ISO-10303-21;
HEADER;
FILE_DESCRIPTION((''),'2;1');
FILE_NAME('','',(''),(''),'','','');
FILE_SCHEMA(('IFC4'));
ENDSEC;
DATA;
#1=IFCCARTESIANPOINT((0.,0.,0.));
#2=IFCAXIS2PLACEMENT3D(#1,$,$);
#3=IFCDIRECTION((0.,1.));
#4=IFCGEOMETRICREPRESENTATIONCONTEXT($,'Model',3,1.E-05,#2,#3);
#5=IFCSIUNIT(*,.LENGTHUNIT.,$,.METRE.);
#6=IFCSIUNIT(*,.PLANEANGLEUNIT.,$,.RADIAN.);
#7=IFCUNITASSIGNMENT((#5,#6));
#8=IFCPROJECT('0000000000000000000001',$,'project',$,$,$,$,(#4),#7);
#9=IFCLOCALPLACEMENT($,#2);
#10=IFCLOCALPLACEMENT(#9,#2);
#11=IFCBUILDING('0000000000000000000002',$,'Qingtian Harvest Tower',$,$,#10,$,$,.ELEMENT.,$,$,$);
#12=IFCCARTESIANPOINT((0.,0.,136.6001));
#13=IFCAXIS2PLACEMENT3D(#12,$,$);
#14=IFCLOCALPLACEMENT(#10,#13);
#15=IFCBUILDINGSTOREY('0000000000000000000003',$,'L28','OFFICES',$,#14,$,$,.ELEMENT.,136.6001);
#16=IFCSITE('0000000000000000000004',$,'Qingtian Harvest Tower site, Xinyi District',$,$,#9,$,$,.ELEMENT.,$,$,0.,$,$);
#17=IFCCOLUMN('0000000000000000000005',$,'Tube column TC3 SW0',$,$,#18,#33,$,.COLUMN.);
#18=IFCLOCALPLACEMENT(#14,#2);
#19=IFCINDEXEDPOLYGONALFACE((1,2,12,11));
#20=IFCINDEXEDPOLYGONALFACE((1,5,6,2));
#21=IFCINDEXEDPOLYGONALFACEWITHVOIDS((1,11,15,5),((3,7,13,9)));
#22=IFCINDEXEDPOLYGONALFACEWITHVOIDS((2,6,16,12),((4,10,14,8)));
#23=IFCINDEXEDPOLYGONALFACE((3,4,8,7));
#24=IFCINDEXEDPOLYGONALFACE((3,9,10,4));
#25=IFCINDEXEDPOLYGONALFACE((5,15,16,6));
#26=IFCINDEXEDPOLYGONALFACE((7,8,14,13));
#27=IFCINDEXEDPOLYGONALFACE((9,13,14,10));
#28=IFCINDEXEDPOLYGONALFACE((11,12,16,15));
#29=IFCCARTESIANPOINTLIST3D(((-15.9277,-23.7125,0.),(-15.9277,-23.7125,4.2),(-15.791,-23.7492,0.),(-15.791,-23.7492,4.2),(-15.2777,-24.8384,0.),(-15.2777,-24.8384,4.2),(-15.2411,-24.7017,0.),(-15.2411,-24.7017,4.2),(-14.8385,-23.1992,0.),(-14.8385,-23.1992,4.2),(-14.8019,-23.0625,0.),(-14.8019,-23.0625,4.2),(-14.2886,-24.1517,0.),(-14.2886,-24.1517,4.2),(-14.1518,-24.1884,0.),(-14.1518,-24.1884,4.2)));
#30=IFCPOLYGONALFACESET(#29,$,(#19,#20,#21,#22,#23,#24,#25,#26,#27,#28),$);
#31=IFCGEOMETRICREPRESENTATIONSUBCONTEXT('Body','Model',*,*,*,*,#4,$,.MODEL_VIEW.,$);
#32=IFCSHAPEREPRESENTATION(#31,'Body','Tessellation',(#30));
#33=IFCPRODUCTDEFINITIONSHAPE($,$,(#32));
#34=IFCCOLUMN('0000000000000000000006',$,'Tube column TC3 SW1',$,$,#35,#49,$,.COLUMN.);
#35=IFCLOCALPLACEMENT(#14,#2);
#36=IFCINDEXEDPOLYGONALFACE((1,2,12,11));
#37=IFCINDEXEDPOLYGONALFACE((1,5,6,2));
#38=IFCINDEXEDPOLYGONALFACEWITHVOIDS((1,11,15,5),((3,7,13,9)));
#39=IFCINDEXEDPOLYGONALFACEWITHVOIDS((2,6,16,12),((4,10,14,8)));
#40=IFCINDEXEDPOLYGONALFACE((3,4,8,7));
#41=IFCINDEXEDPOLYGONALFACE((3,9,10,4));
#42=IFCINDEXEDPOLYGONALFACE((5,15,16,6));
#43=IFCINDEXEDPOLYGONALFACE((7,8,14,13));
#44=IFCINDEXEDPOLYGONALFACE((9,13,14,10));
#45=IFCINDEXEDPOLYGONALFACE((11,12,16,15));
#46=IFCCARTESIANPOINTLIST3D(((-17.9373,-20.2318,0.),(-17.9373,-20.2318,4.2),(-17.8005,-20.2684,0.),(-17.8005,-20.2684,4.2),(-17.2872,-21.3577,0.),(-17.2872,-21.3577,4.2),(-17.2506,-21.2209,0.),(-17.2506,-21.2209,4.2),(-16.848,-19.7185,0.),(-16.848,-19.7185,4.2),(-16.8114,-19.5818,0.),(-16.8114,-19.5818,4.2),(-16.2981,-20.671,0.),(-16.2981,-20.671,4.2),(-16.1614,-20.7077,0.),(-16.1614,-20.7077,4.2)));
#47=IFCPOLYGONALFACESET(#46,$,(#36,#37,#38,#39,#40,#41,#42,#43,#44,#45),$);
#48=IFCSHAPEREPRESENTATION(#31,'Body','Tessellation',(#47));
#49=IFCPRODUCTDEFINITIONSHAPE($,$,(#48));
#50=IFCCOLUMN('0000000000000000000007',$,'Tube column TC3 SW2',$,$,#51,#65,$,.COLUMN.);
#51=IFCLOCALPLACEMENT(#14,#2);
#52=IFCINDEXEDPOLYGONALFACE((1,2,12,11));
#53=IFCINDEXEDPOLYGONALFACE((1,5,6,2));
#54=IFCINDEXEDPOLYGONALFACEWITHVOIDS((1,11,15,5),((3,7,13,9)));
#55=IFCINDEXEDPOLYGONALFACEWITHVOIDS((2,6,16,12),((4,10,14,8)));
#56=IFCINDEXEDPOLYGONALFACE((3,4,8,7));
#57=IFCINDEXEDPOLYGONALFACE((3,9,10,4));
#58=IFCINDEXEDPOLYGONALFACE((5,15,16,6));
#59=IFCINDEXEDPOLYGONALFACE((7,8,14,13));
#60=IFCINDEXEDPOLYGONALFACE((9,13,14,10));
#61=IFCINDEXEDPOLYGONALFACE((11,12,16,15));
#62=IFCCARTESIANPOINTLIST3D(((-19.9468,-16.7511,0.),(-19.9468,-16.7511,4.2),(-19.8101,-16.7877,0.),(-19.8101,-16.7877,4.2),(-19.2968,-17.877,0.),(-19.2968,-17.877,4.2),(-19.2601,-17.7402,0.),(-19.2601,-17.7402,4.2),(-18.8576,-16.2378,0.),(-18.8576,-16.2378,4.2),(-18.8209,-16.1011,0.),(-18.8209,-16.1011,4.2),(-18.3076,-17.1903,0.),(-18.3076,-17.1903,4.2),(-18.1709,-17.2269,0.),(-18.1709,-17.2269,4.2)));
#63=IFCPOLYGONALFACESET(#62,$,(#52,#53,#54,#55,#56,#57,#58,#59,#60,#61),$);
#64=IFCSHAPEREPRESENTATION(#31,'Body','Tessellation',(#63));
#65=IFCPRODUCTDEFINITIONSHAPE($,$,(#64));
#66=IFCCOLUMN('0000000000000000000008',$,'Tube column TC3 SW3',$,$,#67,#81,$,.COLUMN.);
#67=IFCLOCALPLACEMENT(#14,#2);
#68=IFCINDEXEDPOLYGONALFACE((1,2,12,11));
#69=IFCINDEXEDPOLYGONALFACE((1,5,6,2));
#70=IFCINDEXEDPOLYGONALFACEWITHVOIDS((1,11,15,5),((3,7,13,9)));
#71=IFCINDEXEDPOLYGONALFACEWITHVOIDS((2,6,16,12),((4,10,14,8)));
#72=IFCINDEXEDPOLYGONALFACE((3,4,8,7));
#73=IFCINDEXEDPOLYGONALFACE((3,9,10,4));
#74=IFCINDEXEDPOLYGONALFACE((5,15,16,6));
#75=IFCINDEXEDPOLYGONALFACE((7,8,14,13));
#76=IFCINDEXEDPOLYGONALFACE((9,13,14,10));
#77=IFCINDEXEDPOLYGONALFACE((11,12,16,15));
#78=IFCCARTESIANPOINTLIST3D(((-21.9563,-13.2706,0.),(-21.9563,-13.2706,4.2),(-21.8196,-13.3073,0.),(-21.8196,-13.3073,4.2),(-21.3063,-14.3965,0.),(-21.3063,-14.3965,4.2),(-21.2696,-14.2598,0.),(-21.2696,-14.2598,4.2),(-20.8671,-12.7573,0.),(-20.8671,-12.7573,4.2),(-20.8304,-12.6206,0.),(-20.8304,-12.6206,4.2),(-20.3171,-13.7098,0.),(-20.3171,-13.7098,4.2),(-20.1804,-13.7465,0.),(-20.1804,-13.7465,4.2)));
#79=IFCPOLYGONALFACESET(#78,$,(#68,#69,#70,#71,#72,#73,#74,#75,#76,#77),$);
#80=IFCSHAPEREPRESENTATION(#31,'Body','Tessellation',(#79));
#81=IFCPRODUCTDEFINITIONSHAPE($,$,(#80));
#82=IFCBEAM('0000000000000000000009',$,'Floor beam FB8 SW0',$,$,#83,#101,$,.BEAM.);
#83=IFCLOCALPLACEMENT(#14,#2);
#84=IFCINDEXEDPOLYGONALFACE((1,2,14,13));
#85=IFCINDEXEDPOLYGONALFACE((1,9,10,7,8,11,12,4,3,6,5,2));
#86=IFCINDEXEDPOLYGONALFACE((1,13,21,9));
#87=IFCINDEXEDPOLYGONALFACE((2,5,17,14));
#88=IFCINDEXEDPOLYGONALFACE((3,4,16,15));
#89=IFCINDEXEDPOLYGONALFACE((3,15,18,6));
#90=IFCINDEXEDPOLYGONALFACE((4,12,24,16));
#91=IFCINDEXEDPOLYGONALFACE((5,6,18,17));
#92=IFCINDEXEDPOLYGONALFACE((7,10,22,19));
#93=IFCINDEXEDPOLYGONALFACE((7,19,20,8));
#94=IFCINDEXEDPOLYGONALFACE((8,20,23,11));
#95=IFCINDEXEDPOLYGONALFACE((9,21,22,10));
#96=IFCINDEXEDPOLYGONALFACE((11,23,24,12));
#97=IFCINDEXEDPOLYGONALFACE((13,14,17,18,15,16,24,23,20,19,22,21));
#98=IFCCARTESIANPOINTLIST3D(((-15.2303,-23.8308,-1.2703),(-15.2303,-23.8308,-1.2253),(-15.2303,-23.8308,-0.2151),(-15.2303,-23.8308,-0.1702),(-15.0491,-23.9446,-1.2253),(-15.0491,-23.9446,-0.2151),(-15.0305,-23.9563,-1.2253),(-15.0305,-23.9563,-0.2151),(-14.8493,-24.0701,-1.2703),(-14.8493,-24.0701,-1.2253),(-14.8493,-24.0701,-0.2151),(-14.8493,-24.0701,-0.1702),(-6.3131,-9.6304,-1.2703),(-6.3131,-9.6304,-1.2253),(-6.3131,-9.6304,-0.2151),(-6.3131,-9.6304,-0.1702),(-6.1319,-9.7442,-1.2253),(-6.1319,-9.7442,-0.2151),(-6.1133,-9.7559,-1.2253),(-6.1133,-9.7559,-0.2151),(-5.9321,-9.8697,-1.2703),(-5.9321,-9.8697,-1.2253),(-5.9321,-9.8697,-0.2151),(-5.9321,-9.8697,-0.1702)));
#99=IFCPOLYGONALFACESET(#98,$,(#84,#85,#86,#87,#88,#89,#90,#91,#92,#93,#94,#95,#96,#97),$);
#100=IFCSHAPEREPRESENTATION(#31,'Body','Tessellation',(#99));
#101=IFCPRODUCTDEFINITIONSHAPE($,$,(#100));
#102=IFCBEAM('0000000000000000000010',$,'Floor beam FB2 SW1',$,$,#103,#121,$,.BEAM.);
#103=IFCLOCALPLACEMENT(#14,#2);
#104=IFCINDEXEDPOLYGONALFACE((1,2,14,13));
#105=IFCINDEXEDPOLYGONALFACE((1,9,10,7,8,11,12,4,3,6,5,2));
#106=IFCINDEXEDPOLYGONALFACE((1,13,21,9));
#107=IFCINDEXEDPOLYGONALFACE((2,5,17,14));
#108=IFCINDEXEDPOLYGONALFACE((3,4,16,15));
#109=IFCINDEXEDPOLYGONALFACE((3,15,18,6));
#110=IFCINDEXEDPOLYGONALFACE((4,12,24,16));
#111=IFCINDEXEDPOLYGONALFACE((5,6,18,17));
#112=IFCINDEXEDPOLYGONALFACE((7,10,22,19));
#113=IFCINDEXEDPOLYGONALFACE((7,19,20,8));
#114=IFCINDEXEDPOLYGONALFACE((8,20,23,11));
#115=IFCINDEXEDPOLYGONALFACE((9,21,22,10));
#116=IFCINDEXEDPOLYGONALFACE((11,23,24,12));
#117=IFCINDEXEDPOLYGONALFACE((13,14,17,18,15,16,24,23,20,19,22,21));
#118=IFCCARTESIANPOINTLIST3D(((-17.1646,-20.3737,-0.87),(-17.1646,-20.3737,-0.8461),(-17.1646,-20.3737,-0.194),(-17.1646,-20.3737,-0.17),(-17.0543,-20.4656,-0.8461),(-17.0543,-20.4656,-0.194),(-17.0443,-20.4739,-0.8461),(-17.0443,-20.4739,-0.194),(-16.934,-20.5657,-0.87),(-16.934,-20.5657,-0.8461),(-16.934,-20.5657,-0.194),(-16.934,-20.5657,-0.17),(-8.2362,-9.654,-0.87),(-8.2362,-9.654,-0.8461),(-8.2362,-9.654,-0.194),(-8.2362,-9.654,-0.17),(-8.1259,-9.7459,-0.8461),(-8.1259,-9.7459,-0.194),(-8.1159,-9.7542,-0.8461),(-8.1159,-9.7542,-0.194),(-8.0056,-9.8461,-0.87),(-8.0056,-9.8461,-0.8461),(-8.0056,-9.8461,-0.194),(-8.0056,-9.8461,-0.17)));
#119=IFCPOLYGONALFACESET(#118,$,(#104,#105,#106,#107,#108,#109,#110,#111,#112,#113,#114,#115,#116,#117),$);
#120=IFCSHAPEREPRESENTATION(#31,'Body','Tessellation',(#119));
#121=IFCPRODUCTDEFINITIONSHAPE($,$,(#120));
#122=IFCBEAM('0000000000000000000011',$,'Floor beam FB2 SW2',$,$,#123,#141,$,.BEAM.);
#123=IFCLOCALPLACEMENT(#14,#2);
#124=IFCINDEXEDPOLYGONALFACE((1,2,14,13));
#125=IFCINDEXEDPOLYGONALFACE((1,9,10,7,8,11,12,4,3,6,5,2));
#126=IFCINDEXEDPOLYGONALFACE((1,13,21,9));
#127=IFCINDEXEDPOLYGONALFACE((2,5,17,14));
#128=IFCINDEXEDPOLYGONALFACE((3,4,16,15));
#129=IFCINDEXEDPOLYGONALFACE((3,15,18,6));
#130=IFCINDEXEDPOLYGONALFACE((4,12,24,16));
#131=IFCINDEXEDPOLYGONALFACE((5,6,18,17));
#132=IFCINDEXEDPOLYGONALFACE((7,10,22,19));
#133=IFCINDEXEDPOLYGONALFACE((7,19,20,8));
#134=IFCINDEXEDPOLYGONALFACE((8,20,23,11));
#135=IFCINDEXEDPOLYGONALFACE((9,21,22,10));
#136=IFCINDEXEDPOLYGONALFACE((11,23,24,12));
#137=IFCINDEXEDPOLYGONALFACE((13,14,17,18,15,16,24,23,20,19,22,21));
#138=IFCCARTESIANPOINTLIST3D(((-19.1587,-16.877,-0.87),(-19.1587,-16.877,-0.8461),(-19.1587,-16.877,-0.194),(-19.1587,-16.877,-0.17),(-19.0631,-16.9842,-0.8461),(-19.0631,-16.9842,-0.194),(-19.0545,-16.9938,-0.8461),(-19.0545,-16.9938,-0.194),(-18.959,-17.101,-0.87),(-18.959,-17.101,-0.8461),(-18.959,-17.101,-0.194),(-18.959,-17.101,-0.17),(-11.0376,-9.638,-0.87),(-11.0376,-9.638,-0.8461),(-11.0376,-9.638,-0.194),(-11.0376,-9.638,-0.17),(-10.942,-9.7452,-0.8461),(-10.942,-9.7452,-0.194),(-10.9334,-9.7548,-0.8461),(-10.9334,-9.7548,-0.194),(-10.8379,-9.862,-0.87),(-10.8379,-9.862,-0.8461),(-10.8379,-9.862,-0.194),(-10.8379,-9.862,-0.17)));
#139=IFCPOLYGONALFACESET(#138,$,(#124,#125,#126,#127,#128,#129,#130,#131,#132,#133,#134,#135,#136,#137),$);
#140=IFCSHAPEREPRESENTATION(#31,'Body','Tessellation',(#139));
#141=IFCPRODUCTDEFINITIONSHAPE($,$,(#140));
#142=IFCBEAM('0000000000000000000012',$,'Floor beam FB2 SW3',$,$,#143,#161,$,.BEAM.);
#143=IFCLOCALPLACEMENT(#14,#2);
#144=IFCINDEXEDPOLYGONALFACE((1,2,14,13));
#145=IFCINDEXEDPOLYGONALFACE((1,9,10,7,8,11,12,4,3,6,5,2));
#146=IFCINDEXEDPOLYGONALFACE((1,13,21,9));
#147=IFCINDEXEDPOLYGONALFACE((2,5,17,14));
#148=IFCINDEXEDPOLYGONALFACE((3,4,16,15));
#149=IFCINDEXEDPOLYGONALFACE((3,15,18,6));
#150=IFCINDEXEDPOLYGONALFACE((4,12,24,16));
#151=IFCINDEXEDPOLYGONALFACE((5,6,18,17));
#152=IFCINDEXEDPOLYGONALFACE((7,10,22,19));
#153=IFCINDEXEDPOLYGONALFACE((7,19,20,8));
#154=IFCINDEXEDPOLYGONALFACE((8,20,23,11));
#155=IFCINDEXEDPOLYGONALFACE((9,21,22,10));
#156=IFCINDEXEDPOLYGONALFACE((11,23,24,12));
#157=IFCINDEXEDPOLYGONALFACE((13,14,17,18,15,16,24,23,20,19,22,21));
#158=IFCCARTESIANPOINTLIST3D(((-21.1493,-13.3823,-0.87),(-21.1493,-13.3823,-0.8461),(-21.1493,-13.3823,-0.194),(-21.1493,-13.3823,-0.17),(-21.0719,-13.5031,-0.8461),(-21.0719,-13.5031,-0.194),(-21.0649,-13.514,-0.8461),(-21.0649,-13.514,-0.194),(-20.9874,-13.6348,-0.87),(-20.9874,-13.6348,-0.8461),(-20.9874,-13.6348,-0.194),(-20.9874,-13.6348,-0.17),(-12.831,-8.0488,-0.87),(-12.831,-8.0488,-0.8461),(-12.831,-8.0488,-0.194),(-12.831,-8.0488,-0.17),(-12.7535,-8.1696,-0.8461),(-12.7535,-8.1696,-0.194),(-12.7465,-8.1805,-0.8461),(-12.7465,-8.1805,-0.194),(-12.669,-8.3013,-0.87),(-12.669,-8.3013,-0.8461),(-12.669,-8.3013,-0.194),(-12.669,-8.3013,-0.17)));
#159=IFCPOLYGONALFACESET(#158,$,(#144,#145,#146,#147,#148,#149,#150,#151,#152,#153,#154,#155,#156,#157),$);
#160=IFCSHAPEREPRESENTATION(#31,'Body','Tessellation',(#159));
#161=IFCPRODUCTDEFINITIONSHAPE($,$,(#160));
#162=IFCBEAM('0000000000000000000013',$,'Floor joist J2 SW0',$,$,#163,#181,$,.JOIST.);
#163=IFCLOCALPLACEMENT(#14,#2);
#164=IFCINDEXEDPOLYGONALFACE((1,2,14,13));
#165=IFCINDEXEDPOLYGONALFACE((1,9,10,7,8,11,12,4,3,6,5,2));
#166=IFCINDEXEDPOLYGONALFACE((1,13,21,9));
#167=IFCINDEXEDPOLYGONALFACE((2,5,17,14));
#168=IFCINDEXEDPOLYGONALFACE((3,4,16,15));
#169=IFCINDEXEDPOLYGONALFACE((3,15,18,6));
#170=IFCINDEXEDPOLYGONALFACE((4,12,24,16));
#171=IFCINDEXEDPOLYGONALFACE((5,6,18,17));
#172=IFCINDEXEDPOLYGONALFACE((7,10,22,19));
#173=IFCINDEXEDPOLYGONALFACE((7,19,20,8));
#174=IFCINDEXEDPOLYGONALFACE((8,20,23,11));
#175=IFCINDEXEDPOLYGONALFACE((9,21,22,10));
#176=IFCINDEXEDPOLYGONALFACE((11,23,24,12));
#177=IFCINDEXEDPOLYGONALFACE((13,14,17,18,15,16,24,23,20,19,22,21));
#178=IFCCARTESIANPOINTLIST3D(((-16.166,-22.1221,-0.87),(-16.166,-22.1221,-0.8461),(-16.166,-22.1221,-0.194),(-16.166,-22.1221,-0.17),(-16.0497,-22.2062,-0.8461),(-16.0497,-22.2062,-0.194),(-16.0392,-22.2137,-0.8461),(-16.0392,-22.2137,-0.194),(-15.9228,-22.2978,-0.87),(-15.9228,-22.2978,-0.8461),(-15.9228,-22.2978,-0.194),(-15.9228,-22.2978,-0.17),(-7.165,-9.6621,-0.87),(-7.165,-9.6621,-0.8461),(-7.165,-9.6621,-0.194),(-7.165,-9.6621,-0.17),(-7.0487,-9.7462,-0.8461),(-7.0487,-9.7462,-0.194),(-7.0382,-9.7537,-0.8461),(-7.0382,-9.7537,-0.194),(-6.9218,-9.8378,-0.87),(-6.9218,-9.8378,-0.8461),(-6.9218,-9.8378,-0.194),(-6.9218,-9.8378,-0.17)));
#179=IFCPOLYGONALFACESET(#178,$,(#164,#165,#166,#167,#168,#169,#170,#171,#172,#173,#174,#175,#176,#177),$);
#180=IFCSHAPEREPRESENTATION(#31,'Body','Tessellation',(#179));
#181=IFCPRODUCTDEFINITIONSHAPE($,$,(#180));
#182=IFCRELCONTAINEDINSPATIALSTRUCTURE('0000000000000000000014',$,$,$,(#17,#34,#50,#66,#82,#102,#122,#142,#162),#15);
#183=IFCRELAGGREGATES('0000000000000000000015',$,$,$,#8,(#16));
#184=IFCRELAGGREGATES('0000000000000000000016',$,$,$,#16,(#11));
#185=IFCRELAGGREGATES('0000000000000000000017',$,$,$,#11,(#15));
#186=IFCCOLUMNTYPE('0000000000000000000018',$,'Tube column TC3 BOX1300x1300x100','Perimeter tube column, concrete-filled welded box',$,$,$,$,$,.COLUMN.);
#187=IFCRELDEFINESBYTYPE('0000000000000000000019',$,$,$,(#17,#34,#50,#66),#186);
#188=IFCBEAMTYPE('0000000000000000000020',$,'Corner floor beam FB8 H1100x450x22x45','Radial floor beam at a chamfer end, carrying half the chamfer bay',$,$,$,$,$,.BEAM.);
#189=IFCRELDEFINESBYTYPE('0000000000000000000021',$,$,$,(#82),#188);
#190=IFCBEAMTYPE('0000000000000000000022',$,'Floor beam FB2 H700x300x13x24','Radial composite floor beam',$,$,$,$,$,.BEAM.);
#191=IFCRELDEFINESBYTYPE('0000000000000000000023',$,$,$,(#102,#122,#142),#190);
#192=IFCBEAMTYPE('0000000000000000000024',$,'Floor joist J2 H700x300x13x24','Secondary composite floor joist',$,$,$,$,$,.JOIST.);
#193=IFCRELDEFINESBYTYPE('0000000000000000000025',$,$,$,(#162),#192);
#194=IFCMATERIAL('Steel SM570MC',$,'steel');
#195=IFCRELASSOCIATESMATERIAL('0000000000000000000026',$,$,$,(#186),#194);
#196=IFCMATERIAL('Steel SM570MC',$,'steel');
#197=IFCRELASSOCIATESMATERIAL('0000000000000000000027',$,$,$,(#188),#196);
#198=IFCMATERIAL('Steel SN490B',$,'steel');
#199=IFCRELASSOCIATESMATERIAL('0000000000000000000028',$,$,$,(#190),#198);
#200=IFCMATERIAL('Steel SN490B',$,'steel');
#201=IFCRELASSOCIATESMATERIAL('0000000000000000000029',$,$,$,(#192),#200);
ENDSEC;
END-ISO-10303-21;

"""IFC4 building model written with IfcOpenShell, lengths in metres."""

from ifc_helpers import new_model, si_unit, direction, frame, origin, origin_2d, place, context, subcontext, project, spatial, hollow_rectangle, i_section, extrude, material, material_profile, profile_set, type_object, element, save


model = new_model("IFC4")

# Units and contexts
model_context = context("Model", 3, precision=1e-05, world=origin(), true_north=direction((0.0, 1.0)))
body_context = subcontext(model_context, "Body", "Model", "MODEL_VIEW")
ifc_project = project(units=[si_unit("LENGTHUNIT", "METRE"), si_unit("PLANEANGLEUNIT", "RADIAN")], contexts=[model_context])

# Site, building, storey
site_placement = place(None, origin())
site = spatial("IfcSite", under=ifc_project, at=site_placement, Name="Qingtian Harvest Tower site, Xinyi District", CompositionType="ELEMENT", RefElevation=0.0)
building_placement = place(site_placement, origin())
building = spatial("IfcBuilding", under=site, at=building_placement, Name="Qingtian Harvest Tower", CompositionType="ELEMENT")
storey_placement = place(building_placement, frame((0.0, 0.0, 136.6001)))
storey = spatial("IfcBuildingStorey", under=building, at=storey_placement, Name="L28", Description="OFFICES", CompositionType="ELEMENT", Elevation=136.6001)

# Columns
ifc_material_1 = material(Name="Steel SM570MC", Category="steel")
ifc_material_profile_1 = material_profile(ifc_material_1, hollow_rectangle(XDim=1.3, YDim=1.3, WallThickness=0.1001, at=origin_2d()), Name="BOX1300x1300x100")
ifc_profile_set_1 = profile_set([ifc_material_profile_1], Name="Steel SM570MC")
column_type = type_object("IfcColumnType", Name="Tube column TC3 BOX1300x1300x100", Description="Perimeter tube column, concrete-filled welded box", PredefinedType="COLUMN", material=ifc_profile_set_1)
for number, where, z_axis, x_axis, name in (
    (1, (-15.0398, -23.9504, 0.0), (0.0, 0.0, 1.0), (0.5, -0.866025, 0.0), "Tube column TC3 SW0"),
    (2, (-17.0493, -20.4697, 0.0), (0.0, 0.0, 1.0), (0.5, -0.866025, 0.0), "Tube column TC3 SW1"),
    (3, (-19.0588, -16.989, 0.0), (0.0, 0.0, 1.0), (0.5, -0.866025, 0.0), "Tube column TC3 SW2"),
    (4, (-21.0684, -13.5085, 0.0), (0.0, 0.0, 1.0), (0.5, -0.866025, 0.0), "Tube column TC3 SW3"),
):
    element("IfcColumn", number, at=place(storey_placement, frame(where, z_axis=z_axis, x_axis=x_axis)), inside=storey, type_object=column_type, Name=name, PredefinedType="COLUMN", context=body_context, shape_type="SweptSolid", body=[
        extrude(hollow_rectangle(XDim=1.3, YDim=1.3, WallThickness=0.1001, at=origin_2d()), origin(), (0.0, 0.0, 1.0), 4.2),
    ])

# Beams
ifc_material_2 = material(Name="Steel SM570MC", Category="steel")
ifc_material_profile_2 = material_profile(ifc_material_2, i_section(OverallWidth=0.45, OverallDepth=1.1001, WebThickness=0.022, FlangeThickness=0.0449, at=origin_2d()), Name="H1100x450x22x45")
ifc_profile_set_2 = profile_set([ifc_material_profile_2], Name="Steel SM570MC")
beam_type_1 = type_object("IfcBeamType", Name="Corner floor beam FB8 H1100x450x22x45", Description="Radial floor beam at a chamfer end, carrying half the chamfer bay", PredefinedType="BEAM", material=ifc_profile_set_2)
beam_1_placement = place(storey_placement, frame((-15.0398, -23.9504, -0.7202), z_axis=(0.531797, 0.846872, 0.0), x_axis=(-0.846872, 0.531797, 0.0)))
element("IfcBeam", 5, at=beam_1_placement, inside=storey, type_object=beam_type_1, Name="Floor beam FB8 SW0", PredefinedType="BEAM", context=body_context, shape_type="SweptSolid", body=[
    extrude(i_section(OverallWidth=0.45, OverallDepth=1.1001, WebThickness=0.022, FlangeThickness=0.0449, at=origin_2d()), origin(), (0.0, 0.0, 1.0), 16.7681),
])
ifc_material_3 = material(Name="Steel SN490B", Category="steel")
ifc_material_profile_3 = material_profile(ifc_material_3, i_section(OverallWidth=0.3, OverallDepth=0.7, WebThickness=0.0129, FlangeThickness=0.0239, at=origin_2d()), Name="H700x300x13x24")
ifc_profile_set_3 = profile_set([ifc_material_profile_3], Name="Steel SN490B")
beam_type_2 = type_object("IfcBeamType", Name="Floor beam FB2 H700x300x13x24", Description="Radial composite floor beam", PredefinedType="BEAM", material=ifc_profile_set_3)
beam_2_placement = place(storey_placement, frame((-17.0493, -20.4697, -0.52), z_axis=(0.639988, 0.768385, 0.0), x_axis=(-0.768385, 0.639988, 0.0)))
element("IfcBeam", 6, at=beam_2_placement, inside=storey, type_object=beam_type_2, Name="Floor beam FB2 SW1", PredefinedType="BEAM", context=body_context, shape_type="SweptSolid", body=[
    extrude(i_section(OverallWidth=0.3, OverallDepth=0.7, WebThickness=0.0129, FlangeThickness=0.0239, at=origin_2d()), origin(), (0.0, 0.0, 1.0), 13.9509),
])
beam_3_placement = place(storey_placement, frame((-19.0588, -16.989, -0.52), z_axis=(0.746484, 0.665404, 0.0), x_axis=(-0.665404, 0.746484, 0.0)))
element("IfcBeam", 7, at=beam_3_placement, inside=storey, type_object=beam_type_2, Name="Floor beam FB2 SW2", PredefinedType="BEAM", context=body_context, shape_type="SweptSolid", body=[
    extrude(i_section(OverallWidth=0.3, OverallDepth=0.7, WebThickness=0.0129, FlangeThickness=0.0239, at=origin_2d()), origin(), (0.0, 0.0, 1.0), 10.8792),
])
beam_4_placement = place(storey_placement, frame((-21.0684, -13.5085, -0.52), z_axis=(0.841823, 0.539753, 0.0), x_axis=(-0.539753, 0.841823, 0.0)))
element("IfcBeam", 8, at=beam_4_placement, inside=storey, type_object=beam_type_2, Name="Floor beam FB2 SW3", PredefinedType="BEAM", context=body_context, shape_type="SweptSolid", body=[
    extrude(i_section(OverallWidth=0.3, OverallDepth=0.7, WebThickness=0.0129, FlangeThickness=0.0239, at=origin_2d()), origin(), (0.0, 0.0, 1.0), 9.8813),
])
ifc_material_4 = material(Name="Steel SN490B", Category="steel")
ifc_material_profile_4 = material_profile(ifc_material_4, i_section(OverallWidth=0.3, OverallDepth=0.7, WebThickness=0.0129, FlangeThickness=0.0239, at=origin_2d()), Name="H700x300x13x24")
ifc_profile_set_4 = profile_set([ifc_material_profile_4], Name="Steel SN490B")
beam_type_3 = type_object("IfcBeamType", Name="Floor joist J2 H700x300x13x24", Description="Secondary composite floor joist", PredefinedType="JOIST", material=ifc_profile_set_4)
beam_5_placement = place(storey_placement, frame((-16.0444, -22.21, -0.52), z_axis=(0.585581, 0.810614, 0.0), x_axis=(-0.810614, 0.585581, 0.0)))
element("IfcBeam", 9, at=beam_5_placement, inside=storey, type_object=beam_type_3, Name="Floor joist J2 SW0", PredefinedType="JOIST", context=body_context, shape_type="SweptSolid", body=[
    extrude(i_section(OverallWidth=0.3, OverallDepth=0.7, WebThickness=0.0129, FlangeThickness=0.0239, at=origin_2d()), origin(), (0.0, 0.0, 1.0), 15.3711),
])

save(model, "model.ifc")
